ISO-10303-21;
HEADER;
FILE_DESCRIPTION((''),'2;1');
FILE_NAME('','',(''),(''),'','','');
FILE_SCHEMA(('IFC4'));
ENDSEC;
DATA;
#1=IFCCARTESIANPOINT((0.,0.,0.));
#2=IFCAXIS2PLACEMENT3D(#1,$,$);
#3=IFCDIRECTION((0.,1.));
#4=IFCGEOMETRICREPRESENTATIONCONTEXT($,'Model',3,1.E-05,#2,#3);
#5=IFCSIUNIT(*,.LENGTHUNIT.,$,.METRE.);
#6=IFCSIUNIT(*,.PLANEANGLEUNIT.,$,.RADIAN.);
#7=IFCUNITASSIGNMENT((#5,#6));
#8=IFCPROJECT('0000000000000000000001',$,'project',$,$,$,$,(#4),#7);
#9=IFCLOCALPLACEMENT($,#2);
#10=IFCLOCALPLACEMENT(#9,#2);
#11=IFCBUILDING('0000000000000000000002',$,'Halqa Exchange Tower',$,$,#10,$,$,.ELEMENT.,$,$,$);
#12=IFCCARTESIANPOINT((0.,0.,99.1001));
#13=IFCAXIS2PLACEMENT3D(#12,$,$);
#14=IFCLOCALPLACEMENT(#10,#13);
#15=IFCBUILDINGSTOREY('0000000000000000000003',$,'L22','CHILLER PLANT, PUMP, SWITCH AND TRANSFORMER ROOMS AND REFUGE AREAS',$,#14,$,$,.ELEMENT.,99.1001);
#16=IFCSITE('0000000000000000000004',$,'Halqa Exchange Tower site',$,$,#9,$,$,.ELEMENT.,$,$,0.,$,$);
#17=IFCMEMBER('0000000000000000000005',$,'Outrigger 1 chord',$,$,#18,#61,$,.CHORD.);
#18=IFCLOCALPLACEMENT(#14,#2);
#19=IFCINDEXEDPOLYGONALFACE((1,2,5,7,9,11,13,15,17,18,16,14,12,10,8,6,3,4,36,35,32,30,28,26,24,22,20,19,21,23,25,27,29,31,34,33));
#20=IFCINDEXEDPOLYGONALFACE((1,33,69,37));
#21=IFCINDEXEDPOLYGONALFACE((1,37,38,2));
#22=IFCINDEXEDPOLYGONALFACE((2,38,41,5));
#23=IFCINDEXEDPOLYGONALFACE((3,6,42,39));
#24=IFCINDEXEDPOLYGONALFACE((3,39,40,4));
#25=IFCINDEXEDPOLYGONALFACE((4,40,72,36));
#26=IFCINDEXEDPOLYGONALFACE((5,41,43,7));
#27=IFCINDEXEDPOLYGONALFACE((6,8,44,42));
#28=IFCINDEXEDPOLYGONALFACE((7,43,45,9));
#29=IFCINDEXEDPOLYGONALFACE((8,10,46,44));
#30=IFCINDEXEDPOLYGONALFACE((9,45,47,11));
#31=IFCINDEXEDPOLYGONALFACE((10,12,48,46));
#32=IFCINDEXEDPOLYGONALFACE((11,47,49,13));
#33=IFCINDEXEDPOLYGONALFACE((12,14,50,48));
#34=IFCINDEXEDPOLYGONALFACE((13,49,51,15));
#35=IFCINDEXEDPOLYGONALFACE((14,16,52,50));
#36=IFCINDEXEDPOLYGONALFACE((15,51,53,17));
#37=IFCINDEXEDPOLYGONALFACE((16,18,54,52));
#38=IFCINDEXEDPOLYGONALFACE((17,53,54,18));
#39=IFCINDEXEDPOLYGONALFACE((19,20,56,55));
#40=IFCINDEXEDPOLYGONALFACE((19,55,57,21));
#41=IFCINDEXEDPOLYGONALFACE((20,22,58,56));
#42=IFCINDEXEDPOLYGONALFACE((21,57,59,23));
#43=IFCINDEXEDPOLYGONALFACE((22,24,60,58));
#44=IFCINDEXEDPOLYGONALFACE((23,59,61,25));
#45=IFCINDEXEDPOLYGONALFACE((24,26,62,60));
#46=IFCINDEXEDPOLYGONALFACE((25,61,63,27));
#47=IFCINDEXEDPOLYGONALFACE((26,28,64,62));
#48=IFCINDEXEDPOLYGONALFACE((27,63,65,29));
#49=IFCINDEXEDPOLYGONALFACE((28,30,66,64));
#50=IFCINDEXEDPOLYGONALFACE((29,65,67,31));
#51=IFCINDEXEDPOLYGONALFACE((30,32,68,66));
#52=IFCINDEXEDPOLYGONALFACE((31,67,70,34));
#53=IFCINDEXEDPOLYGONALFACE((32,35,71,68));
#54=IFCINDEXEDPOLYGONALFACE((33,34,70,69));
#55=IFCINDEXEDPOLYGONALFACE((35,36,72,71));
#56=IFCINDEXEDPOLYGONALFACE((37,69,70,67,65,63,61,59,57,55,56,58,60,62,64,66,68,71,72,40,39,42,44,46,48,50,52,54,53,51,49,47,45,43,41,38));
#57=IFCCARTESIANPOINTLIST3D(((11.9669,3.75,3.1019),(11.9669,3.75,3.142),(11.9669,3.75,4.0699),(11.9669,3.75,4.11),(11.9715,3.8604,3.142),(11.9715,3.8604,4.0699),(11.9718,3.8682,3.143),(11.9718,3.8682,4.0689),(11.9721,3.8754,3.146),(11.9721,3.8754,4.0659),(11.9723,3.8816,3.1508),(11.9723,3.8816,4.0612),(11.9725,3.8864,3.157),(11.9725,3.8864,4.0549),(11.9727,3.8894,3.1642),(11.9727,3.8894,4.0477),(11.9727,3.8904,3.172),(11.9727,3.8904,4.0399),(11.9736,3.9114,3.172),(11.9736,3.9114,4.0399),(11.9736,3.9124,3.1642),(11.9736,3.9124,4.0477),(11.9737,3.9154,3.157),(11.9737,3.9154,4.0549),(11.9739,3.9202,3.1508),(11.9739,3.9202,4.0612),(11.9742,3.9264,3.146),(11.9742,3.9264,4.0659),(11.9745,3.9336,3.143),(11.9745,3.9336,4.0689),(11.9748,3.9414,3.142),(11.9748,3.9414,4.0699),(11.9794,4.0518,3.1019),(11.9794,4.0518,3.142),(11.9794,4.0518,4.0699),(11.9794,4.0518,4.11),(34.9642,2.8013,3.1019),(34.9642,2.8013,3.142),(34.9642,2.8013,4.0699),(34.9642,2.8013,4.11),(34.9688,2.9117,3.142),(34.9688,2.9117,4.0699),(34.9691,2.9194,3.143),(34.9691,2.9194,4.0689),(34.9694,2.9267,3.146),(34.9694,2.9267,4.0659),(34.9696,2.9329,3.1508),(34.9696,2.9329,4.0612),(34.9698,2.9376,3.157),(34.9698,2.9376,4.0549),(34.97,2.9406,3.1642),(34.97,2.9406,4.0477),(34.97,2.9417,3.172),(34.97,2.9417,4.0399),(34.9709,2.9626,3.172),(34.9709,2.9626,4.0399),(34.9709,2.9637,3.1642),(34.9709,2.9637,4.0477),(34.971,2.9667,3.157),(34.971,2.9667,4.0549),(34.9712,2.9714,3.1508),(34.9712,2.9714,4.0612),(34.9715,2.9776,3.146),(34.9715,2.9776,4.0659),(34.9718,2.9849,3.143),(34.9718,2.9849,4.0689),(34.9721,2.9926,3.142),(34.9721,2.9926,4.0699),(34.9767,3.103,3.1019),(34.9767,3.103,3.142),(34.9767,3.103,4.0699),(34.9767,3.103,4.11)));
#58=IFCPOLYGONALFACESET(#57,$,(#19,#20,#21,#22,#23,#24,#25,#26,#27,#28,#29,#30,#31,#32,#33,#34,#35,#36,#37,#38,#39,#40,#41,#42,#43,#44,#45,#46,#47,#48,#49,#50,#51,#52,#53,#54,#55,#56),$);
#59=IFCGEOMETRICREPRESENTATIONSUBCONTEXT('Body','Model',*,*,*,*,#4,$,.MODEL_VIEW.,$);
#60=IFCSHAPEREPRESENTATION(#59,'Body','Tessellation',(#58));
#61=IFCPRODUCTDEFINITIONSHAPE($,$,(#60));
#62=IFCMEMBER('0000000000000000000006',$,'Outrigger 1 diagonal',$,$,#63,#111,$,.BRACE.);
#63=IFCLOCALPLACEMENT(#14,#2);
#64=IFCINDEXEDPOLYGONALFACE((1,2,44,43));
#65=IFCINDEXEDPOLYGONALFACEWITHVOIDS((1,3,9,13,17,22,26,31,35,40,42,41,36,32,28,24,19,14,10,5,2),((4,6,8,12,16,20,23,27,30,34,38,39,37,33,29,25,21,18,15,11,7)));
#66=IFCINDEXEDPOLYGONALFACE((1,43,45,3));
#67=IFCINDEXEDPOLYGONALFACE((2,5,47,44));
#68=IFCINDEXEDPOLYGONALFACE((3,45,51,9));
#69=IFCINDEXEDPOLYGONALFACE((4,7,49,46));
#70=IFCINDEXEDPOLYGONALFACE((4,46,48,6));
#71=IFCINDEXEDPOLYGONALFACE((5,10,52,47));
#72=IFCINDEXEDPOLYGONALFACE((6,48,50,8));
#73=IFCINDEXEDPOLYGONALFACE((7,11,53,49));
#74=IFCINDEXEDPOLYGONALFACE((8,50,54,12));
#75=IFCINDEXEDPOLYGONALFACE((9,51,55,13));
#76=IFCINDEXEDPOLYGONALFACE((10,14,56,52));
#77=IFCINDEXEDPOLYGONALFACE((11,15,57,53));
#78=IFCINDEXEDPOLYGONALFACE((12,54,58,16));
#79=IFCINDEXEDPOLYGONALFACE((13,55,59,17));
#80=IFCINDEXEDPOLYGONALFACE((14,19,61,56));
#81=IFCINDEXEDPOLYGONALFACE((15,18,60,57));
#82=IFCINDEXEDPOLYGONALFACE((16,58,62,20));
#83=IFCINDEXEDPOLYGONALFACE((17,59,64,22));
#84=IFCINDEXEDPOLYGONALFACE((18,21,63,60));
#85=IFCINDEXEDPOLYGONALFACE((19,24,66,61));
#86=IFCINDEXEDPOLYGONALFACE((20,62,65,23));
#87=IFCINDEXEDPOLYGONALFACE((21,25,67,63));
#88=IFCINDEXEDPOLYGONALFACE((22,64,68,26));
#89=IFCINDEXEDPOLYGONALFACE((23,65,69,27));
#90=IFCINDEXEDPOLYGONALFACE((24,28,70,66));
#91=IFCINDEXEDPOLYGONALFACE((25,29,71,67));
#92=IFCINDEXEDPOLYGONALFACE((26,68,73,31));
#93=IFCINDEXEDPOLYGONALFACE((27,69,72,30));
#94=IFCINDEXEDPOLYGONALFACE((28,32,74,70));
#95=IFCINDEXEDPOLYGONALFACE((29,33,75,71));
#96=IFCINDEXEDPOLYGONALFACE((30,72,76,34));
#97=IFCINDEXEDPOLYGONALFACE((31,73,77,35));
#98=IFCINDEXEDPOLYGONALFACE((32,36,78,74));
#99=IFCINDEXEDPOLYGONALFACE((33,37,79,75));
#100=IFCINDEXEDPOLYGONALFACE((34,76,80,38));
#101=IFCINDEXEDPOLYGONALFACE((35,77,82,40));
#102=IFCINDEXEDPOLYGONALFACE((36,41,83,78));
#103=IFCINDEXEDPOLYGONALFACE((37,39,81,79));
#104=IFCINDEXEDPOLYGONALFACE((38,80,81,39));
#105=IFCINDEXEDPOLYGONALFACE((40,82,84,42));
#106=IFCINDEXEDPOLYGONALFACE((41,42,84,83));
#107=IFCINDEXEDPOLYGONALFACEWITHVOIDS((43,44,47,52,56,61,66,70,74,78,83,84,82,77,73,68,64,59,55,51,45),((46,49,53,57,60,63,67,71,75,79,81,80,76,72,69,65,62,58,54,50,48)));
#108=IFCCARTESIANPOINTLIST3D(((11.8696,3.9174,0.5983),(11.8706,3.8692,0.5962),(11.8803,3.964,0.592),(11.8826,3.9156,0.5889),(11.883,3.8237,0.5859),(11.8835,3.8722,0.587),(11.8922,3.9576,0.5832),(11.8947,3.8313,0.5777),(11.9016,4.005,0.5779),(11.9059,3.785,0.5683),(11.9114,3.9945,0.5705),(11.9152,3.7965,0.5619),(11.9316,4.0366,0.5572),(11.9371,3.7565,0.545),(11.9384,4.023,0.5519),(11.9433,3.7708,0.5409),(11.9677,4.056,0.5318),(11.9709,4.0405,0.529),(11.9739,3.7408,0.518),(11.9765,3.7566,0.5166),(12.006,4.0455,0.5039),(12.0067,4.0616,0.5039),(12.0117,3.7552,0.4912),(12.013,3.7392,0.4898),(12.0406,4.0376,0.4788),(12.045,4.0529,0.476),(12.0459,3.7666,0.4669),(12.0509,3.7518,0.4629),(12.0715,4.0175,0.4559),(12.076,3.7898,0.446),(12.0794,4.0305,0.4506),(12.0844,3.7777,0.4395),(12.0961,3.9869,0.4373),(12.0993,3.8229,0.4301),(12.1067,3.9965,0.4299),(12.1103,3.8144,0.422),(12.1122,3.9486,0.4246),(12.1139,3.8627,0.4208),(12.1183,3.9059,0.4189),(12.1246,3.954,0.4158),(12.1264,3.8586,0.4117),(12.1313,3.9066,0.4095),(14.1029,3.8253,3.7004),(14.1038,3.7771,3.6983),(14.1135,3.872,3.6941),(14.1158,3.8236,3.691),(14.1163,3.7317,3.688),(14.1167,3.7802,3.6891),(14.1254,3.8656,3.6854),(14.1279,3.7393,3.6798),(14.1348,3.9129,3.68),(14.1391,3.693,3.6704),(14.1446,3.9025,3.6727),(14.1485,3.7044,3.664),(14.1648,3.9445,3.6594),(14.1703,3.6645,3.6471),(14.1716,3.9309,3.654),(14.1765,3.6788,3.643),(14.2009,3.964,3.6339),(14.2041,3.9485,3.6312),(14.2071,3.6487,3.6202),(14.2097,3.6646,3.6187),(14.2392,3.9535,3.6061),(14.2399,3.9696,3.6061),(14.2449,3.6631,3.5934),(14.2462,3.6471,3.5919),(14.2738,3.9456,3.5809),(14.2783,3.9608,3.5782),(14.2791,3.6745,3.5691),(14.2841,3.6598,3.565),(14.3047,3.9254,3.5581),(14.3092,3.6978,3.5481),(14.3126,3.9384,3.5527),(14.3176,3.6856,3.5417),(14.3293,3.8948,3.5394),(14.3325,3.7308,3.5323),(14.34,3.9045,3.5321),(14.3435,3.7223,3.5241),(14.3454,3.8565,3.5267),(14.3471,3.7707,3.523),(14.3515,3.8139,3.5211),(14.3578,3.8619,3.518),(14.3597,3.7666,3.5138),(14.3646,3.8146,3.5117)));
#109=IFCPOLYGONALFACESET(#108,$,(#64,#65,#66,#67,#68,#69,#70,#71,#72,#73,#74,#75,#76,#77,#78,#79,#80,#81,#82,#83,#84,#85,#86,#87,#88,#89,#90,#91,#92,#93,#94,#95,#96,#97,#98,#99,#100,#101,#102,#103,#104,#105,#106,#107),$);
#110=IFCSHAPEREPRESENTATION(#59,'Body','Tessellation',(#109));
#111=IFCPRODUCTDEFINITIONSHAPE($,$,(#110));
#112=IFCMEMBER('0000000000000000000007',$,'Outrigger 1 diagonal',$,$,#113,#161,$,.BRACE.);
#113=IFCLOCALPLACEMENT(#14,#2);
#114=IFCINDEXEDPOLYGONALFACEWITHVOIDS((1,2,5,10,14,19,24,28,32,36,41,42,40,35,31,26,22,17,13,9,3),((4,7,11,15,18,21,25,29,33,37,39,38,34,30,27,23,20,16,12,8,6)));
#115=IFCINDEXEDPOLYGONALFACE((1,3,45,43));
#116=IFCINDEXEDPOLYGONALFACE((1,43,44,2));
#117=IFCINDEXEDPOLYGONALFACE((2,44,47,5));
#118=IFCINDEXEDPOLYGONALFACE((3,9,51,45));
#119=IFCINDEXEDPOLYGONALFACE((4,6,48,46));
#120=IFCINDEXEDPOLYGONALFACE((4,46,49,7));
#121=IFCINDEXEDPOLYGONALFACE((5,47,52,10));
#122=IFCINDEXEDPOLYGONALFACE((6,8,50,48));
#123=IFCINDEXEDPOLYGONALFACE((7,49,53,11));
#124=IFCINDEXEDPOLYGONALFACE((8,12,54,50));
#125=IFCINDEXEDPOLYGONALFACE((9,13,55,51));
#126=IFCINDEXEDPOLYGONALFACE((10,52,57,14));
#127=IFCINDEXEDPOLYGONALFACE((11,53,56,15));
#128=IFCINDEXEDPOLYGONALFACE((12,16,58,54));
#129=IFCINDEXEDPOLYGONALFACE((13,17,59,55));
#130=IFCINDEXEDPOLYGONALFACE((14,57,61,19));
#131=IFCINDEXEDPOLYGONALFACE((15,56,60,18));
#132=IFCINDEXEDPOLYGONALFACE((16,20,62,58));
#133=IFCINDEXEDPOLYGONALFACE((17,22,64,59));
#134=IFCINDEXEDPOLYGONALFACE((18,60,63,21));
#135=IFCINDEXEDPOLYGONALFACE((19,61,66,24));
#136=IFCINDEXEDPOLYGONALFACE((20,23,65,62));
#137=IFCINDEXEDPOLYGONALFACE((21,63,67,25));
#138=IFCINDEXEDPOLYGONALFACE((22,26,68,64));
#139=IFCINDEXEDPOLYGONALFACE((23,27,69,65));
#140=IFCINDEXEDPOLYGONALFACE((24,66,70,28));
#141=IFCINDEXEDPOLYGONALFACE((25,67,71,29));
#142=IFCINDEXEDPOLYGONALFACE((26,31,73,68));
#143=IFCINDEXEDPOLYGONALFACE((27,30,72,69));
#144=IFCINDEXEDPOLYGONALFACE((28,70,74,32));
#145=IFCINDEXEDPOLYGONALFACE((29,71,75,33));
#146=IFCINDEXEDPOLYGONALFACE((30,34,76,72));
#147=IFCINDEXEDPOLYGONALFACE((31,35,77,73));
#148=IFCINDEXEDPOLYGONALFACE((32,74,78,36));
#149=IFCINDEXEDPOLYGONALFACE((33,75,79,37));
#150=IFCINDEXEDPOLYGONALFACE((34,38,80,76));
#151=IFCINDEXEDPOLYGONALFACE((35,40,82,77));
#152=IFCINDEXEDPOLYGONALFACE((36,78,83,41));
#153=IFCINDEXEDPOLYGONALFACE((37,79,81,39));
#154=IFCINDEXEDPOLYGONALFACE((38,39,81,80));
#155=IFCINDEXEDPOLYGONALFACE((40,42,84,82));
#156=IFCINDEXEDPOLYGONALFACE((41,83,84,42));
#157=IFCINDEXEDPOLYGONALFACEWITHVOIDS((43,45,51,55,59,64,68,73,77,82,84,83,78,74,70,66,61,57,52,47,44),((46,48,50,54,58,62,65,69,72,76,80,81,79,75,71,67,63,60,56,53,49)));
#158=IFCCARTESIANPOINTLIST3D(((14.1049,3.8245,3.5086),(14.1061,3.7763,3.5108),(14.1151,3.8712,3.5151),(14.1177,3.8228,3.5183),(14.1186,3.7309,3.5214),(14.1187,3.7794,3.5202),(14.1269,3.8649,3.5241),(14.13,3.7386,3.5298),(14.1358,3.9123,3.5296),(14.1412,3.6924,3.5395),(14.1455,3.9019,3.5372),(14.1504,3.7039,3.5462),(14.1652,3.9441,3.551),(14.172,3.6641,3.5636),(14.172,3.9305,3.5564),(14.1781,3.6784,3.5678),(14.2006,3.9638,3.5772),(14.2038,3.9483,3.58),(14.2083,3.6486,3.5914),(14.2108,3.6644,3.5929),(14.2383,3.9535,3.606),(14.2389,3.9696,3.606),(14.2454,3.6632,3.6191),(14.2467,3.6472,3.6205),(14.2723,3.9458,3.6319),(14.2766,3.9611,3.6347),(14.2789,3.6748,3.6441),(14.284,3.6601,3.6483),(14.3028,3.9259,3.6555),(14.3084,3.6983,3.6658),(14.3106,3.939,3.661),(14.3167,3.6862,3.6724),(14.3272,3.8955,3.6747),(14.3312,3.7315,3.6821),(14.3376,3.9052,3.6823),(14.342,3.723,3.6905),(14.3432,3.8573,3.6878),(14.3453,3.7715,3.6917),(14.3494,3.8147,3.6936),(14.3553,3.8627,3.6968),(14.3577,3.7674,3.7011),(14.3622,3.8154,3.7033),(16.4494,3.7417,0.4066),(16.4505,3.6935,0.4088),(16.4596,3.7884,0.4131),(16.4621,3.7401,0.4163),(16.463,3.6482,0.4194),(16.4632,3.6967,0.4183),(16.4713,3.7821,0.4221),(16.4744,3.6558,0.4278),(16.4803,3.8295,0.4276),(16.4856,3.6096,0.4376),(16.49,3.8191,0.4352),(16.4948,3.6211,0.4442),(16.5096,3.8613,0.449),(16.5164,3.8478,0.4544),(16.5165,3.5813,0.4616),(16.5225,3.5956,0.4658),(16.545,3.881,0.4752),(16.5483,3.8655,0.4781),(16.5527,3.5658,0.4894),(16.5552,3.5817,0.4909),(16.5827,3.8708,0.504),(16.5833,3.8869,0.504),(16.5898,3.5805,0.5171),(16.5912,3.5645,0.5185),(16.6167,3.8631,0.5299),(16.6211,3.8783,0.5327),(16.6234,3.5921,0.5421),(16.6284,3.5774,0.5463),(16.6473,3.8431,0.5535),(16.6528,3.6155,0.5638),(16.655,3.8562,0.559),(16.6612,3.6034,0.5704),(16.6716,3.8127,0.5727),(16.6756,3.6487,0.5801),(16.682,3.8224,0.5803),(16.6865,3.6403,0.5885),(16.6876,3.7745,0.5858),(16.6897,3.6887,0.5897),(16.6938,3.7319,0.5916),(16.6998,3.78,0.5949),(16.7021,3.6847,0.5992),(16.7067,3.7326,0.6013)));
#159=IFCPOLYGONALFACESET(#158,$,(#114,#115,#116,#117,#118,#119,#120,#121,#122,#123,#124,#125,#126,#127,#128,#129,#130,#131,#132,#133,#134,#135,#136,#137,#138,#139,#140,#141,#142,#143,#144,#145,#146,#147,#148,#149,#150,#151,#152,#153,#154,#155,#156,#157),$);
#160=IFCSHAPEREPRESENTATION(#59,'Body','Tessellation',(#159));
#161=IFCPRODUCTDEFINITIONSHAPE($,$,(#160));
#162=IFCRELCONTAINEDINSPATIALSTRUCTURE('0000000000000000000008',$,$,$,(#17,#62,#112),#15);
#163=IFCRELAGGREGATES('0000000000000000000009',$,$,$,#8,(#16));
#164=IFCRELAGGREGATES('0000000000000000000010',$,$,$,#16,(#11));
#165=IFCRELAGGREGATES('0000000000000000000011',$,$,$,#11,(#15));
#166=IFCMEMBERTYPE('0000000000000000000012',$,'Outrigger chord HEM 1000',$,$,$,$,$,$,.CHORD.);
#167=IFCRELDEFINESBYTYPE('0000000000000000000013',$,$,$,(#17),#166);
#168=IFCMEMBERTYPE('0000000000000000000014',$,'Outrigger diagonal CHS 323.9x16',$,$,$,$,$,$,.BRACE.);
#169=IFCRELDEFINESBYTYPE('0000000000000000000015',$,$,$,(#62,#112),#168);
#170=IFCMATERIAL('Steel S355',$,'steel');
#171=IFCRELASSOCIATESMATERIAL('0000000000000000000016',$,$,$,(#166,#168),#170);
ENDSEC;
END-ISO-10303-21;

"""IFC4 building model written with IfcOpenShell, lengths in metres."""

from ifc_helpers import new_model, si_unit, direction, frame, origin, origin_2d, place, context, subcontext, project, spatial, hollow_circle, i_section, extrude, material, material_profile, profile_set, type_object, element, save


model = new_model("IFC4")

# Units and contexts
model_context = context("Model", 3, precision=1e-05, world=origin(), true_north=direction((0.0, 1.0)))
body_context = subcontext(model_context, "Body", "Model", "MODEL_VIEW")
ifc_project = project(units=[si_unit("LENGTHUNIT", "METRE"), si_unit("PLANEANGLEUNIT", "RADIAN")], contexts=[model_context])

# Site, building, storey
site_placement = place(None, origin())
site = spatial("IfcSite", under=ifc_project, at=site_placement, Name="Halqa Exchange Tower site", CompositionType="ELEMENT", RefElevation=0.0)
building_placement = place(site_placement, origin())
building = spatial("IfcBuilding", under=site, at=building_placement, Name="Halqa Exchange Tower", CompositionType="ELEMENT")
storey_placement = place(building_placement, frame((0.0, 0.0, 99.1001)))
storey = spatial("IfcBuildingStorey", under=building, at=storey_placement, Name="L22", Description="CHILLER PLANT, PUMP, SWITCH AND TRANSFORMER ROOMS AND REFUGE AREAS", CompositionType="ELEMENT", Elevation=99.1001)

# Shared definitions
ifc_material_1 = material(Name="Steel S355", Category="steel")

# Members
ifc_material_profile_1 = material_profile(ifc_material_1, i_section(OverallWidth=0.302, OverallDepth=1.0081, WebThickness=0.021, FlangeThickness=0.04, FilletRadius=0.03, at=origin_2d()), Name="HEM 1000")
ifc_profile_set_1 = profile_set([ifc_material_profile_1], Name="Steel S355")
member_type_1 = type_object("IfcMemberType", Name="Outrigger chord HEM 1000", PredefinedType="CHORD", material=ifc_profile_set_1)
member_1_placement = place(storey_placement, frame((11.9731, 3.9009, 3.606), z_axis=(0.99915, -0.041219, 0.0), x_axis=(0.041219, 0.99915, 0.0)))
element("IfcMember", 1, at=member_1_placement, inside=storey, type_object=member_type_1, Name="Outrigger 1 chord", PredefinedType="CHORD", context=body_context, shape_type="SweptSolid", body=[
    extrude(i_section(OverallWidth=0.302, OverallDepth=1.0081, WebThickness=0.021, FlangeThickness=0.04, FilletRadius=0.03, at=origin_2d()), origin(), (0.0, 0.0, 1.0), 23.0168),
])
ifc_material_profile_2 = material_profile(ifc_material_1, hollow_circle(Radius=0.1619, WallThickness=0.0161, at=origin_2d()), Name="CHS 323.9x16")
ifc_profile_set_2 = profile_set([ifc_material_profile_2], Name="Steel S355")
member_type_2 = type_object("IfcMemberType", Name="Outrigger diagonal CHS 323.9x16", PredefinedType="BRACE", material=ifc_profile_set_2)
member_2_placement = place(storey_placement, frame((12.0, 3.8999, 0.5039), z_axis=(0.58408, -0.024073, 0.811339), x_axis=(0.041181, 0.999152, 0.0)))
element("IfcMember", 2, at=member_2_placement, inside=storey, type_object=member_type_2, Name="Outrigger 1 diagonal", PredefinedType="BRACE", context=body_context, shape_type="SweptSolid", body=[
    extrude(hollow_circle(Radius=0.1619, WallThickness=0.0161, at=origin_2d()), origin(), (0.0, 0.0, 1.0), 3.8235),
])
member_3_placement = place(storey_placement, frame((14.2332, 3.8079, 3.606), z_axis=(0.602813, -0.02128, -0.797599), x_axis=(0.035279, 0.999377, 0.0)))
element("IfcMember", 3, at=member_3_placement, inside=storey, type_object=member_type_2, Name="Outrigger 1 diagonal", PredefinedType="BRACE", context=body_context, shape_type="SweptSolid", body=[
    extrude(hollow_circle(Radius=0.1619, WallThickness=0.0161, at=origin_2d()), origin(), (0.0, 0.0, 1.0), 3.8892),
])

save(model, "model.ifc")
